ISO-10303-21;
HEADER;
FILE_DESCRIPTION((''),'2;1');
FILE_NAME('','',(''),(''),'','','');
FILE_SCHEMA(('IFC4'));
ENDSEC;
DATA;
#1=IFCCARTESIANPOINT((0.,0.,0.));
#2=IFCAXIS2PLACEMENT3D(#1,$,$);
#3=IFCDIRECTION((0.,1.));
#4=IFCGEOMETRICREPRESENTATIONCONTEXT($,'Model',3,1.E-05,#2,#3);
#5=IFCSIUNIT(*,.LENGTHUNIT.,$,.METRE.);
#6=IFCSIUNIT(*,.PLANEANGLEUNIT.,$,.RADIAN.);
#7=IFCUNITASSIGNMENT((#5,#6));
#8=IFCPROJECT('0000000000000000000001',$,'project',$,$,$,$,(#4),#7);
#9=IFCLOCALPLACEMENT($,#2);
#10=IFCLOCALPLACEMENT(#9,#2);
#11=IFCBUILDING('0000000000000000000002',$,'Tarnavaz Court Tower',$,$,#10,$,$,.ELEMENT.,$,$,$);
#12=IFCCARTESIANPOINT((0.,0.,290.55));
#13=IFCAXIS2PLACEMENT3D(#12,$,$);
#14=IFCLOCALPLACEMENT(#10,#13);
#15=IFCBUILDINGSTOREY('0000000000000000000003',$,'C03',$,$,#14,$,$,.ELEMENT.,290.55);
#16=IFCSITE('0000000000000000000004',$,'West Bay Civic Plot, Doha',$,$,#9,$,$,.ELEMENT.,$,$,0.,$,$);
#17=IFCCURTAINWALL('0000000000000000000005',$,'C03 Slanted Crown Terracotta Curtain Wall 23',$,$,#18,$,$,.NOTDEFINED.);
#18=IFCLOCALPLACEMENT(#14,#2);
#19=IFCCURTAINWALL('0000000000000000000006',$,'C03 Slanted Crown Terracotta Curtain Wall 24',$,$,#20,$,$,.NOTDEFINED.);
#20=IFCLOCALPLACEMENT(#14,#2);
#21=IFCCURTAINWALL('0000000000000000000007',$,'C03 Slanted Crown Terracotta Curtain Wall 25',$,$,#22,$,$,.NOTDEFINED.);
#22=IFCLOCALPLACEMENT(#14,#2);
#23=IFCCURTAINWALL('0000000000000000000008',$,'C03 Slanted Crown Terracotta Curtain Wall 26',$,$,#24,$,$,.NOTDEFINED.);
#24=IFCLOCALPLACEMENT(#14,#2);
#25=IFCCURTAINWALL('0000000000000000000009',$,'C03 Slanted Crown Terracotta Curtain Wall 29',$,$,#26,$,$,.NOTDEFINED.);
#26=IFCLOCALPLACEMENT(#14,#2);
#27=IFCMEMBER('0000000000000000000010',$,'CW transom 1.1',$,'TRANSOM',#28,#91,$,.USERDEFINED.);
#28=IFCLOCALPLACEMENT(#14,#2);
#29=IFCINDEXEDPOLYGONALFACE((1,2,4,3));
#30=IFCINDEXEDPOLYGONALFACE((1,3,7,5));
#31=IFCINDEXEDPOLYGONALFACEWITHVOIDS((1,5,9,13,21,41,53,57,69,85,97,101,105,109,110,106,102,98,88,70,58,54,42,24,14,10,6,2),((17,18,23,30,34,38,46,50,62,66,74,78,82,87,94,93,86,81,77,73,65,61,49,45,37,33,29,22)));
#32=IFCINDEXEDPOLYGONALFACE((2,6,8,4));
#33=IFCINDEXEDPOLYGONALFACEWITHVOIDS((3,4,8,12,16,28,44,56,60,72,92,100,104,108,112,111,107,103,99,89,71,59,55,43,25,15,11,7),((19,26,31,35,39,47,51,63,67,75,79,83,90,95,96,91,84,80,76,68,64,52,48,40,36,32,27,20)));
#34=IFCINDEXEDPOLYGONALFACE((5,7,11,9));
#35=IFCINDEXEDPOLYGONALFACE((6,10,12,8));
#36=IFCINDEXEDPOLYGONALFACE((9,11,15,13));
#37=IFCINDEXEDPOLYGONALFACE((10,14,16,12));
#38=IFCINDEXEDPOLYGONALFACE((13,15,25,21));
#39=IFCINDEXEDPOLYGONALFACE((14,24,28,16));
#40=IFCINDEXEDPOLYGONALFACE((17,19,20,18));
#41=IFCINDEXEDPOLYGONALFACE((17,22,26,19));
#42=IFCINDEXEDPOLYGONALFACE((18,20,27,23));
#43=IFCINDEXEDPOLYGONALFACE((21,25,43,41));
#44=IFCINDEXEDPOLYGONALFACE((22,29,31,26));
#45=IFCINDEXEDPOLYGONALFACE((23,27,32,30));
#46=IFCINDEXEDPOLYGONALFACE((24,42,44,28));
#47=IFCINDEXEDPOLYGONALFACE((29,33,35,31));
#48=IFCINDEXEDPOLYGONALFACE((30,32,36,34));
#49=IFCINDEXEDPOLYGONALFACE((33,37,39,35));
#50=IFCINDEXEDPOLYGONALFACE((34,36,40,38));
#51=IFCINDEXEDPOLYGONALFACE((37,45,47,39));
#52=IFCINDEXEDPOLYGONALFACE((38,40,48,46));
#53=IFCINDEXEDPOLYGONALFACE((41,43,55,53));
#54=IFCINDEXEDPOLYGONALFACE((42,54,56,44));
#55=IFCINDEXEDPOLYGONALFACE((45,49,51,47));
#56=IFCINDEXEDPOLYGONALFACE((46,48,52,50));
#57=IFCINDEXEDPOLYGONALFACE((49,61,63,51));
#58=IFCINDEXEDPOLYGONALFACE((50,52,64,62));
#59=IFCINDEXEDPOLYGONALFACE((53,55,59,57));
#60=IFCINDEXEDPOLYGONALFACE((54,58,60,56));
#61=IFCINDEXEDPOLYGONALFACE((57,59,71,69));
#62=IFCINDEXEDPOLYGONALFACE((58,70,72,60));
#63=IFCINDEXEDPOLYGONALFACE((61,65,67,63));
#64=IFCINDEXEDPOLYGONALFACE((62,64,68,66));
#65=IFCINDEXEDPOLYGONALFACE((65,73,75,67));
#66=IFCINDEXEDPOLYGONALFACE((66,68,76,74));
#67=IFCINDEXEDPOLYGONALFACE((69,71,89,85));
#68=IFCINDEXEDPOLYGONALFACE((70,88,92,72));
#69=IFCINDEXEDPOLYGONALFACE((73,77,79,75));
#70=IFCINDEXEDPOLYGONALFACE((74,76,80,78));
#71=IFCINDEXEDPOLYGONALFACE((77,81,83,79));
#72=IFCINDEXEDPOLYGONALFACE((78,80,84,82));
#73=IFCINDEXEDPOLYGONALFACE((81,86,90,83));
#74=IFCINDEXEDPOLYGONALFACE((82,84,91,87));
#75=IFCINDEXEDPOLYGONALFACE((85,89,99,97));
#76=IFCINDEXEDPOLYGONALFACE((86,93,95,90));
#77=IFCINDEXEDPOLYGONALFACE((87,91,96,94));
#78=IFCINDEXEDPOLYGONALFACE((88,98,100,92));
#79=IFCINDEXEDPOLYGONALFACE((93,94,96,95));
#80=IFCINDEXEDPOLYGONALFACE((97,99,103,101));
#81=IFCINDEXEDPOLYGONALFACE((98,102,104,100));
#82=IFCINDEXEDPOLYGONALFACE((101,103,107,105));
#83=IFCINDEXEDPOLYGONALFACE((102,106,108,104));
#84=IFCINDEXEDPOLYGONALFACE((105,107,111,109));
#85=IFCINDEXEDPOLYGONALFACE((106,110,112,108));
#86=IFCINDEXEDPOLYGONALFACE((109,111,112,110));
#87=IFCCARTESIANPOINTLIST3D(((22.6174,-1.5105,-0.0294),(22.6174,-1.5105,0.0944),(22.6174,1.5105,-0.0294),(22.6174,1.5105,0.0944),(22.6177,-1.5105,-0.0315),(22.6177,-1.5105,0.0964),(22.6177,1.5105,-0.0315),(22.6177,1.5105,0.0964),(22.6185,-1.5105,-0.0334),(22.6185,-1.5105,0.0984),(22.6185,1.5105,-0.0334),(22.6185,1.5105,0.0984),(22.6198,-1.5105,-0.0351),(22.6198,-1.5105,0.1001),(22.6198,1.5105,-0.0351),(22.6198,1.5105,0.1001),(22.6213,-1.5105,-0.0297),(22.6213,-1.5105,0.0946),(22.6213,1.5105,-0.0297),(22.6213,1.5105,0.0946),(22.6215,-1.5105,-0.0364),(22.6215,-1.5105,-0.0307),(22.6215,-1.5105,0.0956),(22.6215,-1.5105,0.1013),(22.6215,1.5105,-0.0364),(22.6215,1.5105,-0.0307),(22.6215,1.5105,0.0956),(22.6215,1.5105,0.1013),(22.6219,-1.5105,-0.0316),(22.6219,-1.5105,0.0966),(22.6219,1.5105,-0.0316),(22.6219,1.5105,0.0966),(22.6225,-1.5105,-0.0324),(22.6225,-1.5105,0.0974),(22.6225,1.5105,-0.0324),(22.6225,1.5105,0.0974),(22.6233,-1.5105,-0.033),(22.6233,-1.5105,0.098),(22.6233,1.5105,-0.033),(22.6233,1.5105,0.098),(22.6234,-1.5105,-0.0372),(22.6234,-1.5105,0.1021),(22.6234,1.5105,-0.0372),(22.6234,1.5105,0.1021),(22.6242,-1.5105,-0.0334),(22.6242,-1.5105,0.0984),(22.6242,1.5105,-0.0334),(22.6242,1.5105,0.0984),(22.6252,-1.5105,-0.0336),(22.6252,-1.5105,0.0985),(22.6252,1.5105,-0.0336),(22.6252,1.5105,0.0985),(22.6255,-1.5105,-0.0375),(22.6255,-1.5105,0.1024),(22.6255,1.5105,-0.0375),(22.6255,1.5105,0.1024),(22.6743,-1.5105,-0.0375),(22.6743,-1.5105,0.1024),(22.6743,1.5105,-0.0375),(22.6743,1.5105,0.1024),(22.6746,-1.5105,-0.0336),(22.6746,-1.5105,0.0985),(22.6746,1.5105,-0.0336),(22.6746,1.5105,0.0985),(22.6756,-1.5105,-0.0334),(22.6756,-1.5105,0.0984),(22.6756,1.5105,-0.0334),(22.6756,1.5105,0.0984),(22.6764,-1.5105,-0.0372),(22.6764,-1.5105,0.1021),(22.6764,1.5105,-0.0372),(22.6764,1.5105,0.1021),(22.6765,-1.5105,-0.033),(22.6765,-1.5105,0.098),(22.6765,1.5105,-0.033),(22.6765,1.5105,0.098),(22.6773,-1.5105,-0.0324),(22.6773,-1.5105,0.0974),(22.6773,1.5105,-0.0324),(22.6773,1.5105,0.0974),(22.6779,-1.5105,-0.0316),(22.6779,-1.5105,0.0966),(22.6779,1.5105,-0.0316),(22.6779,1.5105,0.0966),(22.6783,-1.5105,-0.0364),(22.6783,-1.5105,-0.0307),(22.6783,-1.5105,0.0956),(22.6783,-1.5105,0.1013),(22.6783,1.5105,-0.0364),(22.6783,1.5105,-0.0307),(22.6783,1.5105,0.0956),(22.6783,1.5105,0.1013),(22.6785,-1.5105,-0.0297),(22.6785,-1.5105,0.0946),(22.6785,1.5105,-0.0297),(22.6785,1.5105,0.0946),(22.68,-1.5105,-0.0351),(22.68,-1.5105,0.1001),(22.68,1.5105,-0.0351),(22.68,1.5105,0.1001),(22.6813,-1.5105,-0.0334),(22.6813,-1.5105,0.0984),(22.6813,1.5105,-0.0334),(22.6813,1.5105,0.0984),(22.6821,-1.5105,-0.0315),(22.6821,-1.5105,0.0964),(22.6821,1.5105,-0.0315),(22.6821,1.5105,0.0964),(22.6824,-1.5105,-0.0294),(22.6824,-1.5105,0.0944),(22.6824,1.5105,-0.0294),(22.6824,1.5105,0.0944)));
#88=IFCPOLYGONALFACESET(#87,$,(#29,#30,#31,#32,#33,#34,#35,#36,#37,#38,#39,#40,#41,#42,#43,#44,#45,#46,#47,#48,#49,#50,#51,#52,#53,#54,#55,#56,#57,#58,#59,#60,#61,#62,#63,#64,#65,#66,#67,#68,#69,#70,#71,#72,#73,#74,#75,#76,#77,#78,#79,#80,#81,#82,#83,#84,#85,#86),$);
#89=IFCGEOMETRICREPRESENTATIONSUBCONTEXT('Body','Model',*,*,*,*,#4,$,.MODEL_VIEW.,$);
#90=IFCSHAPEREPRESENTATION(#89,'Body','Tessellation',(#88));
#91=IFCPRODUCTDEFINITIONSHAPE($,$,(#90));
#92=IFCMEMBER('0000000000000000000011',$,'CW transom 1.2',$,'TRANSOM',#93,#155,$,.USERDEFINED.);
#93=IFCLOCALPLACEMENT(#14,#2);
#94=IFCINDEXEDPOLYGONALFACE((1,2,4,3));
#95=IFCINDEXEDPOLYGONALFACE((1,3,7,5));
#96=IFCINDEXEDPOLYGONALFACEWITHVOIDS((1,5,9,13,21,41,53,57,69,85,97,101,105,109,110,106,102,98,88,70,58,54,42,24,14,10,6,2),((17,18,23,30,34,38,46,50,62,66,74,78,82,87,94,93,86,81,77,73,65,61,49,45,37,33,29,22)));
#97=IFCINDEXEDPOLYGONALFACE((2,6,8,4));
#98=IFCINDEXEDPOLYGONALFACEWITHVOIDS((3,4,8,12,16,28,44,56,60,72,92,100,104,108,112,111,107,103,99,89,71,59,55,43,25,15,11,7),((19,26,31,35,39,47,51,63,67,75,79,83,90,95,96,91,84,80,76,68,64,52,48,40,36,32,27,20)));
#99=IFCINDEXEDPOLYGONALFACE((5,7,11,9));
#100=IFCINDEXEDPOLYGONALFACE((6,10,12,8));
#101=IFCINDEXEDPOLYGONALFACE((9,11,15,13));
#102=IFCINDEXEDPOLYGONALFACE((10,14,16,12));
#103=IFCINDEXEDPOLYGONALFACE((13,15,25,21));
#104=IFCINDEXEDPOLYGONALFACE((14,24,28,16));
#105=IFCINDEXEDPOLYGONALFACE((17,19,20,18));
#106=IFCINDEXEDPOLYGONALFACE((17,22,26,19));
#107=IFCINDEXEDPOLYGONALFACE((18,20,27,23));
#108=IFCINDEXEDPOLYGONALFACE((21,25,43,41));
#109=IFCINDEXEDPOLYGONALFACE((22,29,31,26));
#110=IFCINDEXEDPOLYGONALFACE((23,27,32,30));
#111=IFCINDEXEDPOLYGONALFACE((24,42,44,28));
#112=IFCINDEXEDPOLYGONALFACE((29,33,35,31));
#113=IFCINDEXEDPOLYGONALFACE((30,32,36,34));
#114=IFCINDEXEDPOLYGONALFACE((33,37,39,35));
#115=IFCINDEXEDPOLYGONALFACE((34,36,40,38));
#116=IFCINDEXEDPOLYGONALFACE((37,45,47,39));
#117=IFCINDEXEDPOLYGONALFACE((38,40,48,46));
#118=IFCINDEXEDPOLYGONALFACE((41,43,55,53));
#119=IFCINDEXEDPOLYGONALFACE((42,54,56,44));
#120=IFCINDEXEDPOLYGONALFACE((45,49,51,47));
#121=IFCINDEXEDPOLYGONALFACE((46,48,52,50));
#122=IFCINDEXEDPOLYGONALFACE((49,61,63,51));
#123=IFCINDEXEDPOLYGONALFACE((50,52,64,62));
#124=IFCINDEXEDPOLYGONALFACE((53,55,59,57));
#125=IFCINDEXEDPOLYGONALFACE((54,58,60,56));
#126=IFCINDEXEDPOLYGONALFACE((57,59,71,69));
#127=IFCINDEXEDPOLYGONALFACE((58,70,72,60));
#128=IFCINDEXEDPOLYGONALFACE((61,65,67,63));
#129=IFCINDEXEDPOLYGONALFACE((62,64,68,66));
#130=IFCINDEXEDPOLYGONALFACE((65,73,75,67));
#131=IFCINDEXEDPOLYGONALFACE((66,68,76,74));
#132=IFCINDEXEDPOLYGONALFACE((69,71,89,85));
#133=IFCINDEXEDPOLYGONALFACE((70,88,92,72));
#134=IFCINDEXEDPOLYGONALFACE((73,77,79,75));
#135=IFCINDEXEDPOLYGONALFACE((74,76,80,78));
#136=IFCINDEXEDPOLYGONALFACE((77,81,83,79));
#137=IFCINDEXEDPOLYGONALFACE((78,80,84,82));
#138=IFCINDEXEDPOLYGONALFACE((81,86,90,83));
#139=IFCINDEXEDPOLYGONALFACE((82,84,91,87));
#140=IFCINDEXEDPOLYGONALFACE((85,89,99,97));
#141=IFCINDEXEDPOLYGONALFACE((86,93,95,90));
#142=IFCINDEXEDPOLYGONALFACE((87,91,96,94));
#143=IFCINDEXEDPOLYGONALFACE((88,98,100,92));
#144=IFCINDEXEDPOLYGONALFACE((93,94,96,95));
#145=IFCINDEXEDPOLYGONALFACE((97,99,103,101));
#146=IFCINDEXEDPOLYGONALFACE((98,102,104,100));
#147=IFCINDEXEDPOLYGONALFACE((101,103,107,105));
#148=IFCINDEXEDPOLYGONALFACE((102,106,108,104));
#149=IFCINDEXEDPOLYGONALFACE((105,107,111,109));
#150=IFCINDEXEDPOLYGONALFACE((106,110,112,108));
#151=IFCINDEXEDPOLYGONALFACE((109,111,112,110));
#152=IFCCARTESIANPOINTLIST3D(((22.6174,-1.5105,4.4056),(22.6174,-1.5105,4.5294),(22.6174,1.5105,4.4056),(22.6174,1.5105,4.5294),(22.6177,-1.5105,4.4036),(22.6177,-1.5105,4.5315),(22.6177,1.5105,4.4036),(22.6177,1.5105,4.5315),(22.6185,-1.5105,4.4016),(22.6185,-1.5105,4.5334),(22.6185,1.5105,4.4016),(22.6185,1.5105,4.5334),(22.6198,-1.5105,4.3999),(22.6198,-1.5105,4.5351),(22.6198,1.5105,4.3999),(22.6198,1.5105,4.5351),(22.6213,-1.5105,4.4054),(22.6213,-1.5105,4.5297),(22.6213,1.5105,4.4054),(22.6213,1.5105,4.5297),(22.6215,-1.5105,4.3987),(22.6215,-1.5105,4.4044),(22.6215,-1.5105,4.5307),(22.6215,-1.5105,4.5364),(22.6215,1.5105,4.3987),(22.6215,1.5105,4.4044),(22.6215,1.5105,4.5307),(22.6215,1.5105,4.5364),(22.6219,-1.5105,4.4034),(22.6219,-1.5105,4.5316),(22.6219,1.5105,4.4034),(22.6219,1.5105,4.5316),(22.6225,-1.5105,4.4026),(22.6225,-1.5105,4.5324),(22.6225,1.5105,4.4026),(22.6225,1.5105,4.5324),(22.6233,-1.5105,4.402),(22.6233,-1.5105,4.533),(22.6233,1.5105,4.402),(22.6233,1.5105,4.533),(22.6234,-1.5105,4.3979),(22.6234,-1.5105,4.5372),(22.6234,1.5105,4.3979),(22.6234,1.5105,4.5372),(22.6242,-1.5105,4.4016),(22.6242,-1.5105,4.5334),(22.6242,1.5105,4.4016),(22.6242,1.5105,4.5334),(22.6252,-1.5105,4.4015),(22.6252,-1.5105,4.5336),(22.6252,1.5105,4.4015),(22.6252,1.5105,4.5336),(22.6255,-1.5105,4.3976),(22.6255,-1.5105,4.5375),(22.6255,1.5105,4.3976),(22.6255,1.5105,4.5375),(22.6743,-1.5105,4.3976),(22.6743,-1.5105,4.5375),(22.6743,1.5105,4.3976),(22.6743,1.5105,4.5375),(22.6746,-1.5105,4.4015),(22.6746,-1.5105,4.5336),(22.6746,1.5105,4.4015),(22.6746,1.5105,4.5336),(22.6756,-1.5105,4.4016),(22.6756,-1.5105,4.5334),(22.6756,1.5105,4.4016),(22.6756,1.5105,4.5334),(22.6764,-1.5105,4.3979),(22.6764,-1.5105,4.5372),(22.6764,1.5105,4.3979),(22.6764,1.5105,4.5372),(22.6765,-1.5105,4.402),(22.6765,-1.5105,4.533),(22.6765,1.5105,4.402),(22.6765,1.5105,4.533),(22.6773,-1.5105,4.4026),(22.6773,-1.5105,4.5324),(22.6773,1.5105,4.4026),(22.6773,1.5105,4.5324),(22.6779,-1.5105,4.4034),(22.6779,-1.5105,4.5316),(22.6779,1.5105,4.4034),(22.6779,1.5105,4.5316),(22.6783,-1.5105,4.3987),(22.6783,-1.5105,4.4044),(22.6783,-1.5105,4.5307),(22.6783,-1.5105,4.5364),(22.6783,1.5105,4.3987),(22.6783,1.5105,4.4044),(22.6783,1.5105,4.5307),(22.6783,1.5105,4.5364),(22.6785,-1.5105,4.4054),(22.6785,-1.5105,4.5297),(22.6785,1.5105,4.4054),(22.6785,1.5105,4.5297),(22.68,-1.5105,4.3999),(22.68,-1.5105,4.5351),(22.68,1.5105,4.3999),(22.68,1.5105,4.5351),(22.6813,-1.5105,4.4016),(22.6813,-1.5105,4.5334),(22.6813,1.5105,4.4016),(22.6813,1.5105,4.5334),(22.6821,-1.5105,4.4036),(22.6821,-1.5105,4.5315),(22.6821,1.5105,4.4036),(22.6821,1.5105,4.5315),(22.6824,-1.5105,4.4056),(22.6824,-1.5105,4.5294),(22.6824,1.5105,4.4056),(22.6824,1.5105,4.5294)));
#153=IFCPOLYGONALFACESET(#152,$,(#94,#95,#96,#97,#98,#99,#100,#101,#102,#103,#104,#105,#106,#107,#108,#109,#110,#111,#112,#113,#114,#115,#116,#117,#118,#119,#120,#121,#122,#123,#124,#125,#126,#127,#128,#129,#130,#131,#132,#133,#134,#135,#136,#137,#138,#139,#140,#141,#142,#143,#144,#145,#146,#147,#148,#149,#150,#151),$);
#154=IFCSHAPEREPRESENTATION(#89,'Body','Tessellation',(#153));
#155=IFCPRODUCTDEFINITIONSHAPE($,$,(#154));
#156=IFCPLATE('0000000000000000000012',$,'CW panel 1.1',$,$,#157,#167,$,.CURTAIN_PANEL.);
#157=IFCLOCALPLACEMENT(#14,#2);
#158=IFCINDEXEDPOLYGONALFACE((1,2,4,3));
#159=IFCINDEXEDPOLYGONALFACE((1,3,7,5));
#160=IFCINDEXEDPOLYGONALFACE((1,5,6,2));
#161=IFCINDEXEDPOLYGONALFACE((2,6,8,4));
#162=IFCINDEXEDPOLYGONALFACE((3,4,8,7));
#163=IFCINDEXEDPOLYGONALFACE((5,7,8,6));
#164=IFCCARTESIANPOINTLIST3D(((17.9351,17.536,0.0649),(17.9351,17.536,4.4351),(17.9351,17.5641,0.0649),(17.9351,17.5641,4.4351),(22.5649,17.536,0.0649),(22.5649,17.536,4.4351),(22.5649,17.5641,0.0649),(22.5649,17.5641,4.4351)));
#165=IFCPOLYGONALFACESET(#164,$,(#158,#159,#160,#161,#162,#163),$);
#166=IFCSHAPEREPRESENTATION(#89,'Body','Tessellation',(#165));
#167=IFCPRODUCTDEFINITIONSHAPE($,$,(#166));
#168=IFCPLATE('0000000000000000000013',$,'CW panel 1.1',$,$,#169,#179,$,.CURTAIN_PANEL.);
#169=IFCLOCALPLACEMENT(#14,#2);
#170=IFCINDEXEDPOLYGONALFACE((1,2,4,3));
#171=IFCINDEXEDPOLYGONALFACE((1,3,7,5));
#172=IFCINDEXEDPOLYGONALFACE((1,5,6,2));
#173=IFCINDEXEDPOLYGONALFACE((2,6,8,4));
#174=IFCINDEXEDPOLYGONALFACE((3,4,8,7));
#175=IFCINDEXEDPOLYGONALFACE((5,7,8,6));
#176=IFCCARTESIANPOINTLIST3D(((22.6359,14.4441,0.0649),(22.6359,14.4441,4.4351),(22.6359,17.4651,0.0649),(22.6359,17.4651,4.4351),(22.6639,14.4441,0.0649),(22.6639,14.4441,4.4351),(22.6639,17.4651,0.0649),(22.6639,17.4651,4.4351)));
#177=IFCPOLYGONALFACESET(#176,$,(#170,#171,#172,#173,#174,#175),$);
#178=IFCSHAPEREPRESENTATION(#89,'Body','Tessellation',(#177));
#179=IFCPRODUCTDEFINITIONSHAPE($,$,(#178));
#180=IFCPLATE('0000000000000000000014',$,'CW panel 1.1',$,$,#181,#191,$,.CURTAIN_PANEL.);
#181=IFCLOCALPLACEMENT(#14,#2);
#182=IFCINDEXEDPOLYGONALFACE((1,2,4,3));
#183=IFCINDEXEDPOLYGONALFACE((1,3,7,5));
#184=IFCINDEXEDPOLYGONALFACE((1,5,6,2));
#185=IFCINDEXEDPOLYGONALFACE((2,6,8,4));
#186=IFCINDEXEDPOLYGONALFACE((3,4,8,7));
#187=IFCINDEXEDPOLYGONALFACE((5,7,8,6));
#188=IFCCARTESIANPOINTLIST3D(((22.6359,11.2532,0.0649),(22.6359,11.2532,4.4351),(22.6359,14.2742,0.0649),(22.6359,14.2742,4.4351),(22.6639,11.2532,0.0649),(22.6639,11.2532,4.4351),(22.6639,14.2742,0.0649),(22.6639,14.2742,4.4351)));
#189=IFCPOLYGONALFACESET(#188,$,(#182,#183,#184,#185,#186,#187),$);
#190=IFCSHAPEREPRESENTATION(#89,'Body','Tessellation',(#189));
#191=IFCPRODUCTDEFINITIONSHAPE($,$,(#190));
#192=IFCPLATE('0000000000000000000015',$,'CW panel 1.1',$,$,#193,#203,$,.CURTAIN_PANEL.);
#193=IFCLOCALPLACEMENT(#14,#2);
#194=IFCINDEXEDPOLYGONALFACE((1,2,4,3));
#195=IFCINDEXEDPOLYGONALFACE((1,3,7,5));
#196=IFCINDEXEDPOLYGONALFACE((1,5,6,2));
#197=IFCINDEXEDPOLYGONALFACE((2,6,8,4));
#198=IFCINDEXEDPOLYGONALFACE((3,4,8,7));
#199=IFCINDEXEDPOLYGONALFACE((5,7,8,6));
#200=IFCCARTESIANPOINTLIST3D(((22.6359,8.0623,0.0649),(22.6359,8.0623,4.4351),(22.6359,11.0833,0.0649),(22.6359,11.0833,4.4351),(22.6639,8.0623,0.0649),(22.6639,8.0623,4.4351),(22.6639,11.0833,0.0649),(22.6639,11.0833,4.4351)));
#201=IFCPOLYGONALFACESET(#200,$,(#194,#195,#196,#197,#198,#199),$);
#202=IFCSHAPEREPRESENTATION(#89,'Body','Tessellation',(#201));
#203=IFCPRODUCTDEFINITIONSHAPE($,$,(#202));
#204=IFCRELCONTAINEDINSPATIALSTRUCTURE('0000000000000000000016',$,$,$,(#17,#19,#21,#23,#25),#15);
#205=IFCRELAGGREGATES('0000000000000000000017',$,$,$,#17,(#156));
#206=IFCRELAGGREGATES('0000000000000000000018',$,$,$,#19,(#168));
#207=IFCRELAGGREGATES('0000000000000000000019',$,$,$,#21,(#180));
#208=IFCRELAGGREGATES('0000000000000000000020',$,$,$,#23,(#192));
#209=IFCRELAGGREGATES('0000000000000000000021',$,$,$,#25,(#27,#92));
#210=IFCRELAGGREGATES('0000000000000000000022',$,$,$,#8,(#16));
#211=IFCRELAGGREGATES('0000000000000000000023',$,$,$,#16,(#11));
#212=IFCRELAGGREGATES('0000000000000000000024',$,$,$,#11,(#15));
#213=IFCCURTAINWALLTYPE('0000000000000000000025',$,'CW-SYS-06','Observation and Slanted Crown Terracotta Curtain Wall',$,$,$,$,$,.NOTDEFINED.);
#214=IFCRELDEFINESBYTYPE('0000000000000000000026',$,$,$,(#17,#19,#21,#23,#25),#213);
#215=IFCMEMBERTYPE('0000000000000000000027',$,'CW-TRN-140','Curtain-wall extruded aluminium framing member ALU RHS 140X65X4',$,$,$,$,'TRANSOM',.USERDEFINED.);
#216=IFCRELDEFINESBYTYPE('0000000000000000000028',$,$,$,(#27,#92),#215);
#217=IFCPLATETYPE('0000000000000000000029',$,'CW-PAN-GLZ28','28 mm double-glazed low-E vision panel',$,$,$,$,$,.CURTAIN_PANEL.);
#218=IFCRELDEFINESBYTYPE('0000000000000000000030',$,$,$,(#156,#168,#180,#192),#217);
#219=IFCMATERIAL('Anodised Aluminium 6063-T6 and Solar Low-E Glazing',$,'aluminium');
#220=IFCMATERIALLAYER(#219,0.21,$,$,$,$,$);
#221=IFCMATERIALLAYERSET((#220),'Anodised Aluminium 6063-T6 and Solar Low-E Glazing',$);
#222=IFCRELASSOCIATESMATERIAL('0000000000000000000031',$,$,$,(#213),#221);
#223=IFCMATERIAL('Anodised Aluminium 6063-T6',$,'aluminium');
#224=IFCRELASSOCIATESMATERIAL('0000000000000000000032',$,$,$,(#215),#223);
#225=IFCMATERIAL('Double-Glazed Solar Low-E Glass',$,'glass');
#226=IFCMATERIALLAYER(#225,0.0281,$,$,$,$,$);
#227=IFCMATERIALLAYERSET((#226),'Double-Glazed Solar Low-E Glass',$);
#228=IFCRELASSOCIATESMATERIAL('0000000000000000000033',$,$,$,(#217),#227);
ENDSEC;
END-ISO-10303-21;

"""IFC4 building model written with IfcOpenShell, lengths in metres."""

from ifc_helpers import new_model, si_unit, direction, frame, origin, origin_2d, place, context, subcontext, project, spatial, rectangle, hollow_rectangle, extrude, material, layer, layer_set, material_profile, profile_set, type_object, element, aggregate, save


model = new_model("IFC4")

# Units and contexts
model_context = context("Model", 3, precision=1e-05, world=origin(), true_north=direction((0.0, 1.0)))
body_context = subcontext(model_context, "Body", "Model", "MODEL_VIEW")
ifc_project = project(units=[si_unit("LENGTHUNIT", "METRE"), si_unit("PLANEANGLEUNIT", "RADIAN")], contexts=[model_context])

# Site, building, storey
site_placement = place(None, origin())
site = spatial("IfcSite", under=ifc_project, at=site_placement, Name="West Bay Civic Plot, Doha", CompositionType="ELEMENT", RefElevation=0.0)
building_placement = place(site_placement, origin())
building = spatial("IfcBuilding", under=site, at=building_placement, Name="Tarnavaz Court Tower", CompositionType="ELEMENT")
storey_placement = place(building_placement, frame((0.0, 0.0, 290.55)))
storey = spatial("IfcBuildingStorey", under=building, at=storey_placement, Name="C03", CompositionType="ELEMENT", Elevation=290.55)

# Curtain wall
ifc_material_1 = material(Name="Anodised Aluminium 6063-T6 and Solar Low-E Glazing", Category="aluminium")
ifc_layer_1 = layer(ifc_material_1, 0.21)
ifc_layer_set_1 = layer_set([ifc_layer_1], Name="Anodised Aluminium 6063-T6 and Solar Low-E Glazing")
curtain_wall_type = type_object("IfcCurtainWallType", Name="CW-SYS-06", Description="Observation and Slanted Crown Terracotta Curtain Wall", PredefinedType="NOTDEFINED", material=ifc_layer_set_1)
curtain_wall_1_placement = place(storey_placement, origin())
curtain_wall_1 = element("IfcCurtainWall", 1, at=curtain_wall_1_placement, inside=storey, type_object=curtain_wall_type, Name="C03 Slanted Crown Terracotta Curtain Wall 23", PredefinedType="NOTDEFINED")
ifc_material_2 = material(Name="Anodised Aluminium 6063-T6", Category="aluminium")

# Curtain walls
curtain_wall_2_placement = place(storey_placement, origin())
curtain_wall_2 = element("IfcCurtainWall", 2, at=curtain_wall_2_placement, inside=storey, type_object=curtain_wall_type, Name="C03 Slanted Crown Terracotta Curtain Wall 24", PredefinedType="NOTDEFINED")
curtain_wall_3_placement = place(storey_placement, origin())
curtain_wall_3 = element("IfcCurtainWall", 3, at=curtain_wall_3_placement, inside=storey, type_object=curtain_wall_type, Name="C03 Slanted Crown Terracotta Curtain Wall 25", PredefinedType="NOTDEFINED")
curtain_wall_4_placement = place(storey_placement, origin())
curtain_wall_4 = element("IfcCurtainWall", 4, at=curtain_wall_4_placement, inside=storey, type_object=curtain_wall_type, Name="C03 Slanted Crown Terracotta Curtain Wall 26", PredefinedType="NOTDEFINED")

# Curtain wall
curtain_wall_5_placement = place(storey_placement, origin())
curtain_wall_5 = element("IfcCurtainWall", 5, at=curtain_wall_5_placement, inside=storey, type_object=curtain_wall_type, Name="C03 Slanted Crown Terracotta Curtain Wall 29", PredefinedType="NOTDEFINED")

# Members
ifc_material_profile_1 = material_profile(ifc_material_2, hollow_rectangle(XDim=0.0649, YDim=0.1399, WallThickness=0.0039, InnerFilletRadius=0.0039, OuterFilletRadius=0.0081, at=origin_2d()), Name="ALU RHS 140X65X4")
ifc_profile_set_1 = profile_set([ifc_material_profile_1], Name="Anodised Aluminium 6063-T6")
member_type_1 = type_object("IfcMemberType", Name="CW-TRN-140", Description="Curtain-wall extruded aluminium framing member ALU RHS 140X65X4", ElementType="TRANSOM", PredefinedType="USERDEFINED", material=ifc_profile_set_1)
member_1_placement = place(storey_placement, frame((22.6499, 1.5105, 0.0325), z_axis=(0.0, -1.0, 0.0), x_axis=(1.0, 0.0, 0.0)))
member_1 = element("IfcMember", 6, at=member_1_placement, type_object=member_type_1, Name="CW transom 1.1", ObjectType="TRANSOM", PredefinedType="USERDEFINED", context=body_context, shape_type="SweptSolid", body=[
    extrude(hollow_rectangle(XDim=0.0649, YDim=0.1399, WallThickness=0.0039, InnerFilletRadius=0.0039, OuterFilletRadius=0.0081, at=origin_2d()), origin(), (0.0, 0.0, 1.0), 3.021),
])
member_2_placement = place(storey_placement, frame((22.6499, 1.5105, 4.4675), z_axis=(0.0, -1.0, 0.0), x_axis=(1.0, 0.0, 0.0)))
member_2 = element("IfcMember", 7, at=member_2_placement, type_object=member_type_1, Name="CW transom 1.2", ObjectType="TRANSOM", PredefinedType="USERDEFINED", context=body_context, shape_type="SweptSolid", body=[
    extrude(hollow_rectangle(XDim=0.0649, YDim=0.1399, WallThickness=0.0039, InnerFilletRadius=0.0039, OuterFilletRadius=0.0081, at=origin_2d()), origin(), (0.0, 0.0, 1.0), 3.021),
])

# Plates
ifc_material_3 = material(Name="Double-Glazed Solar Low-E Glass", Category="glass")
ifc_layer_2 = layer(ifc_material_3, 0.0281)
ifc_layer_set_2 = layer_set([ifc_layer_2], Name="Double-Glazed Solar Low-E Glass")
plate_type = type_object("IfcPlateType", Name="CW-PAN-GLZ28", Description="28 mm double-glazed low-E vision panel", PredefinedType="CURTAIN_PANEL", material=ifc_layer_set_2)
plate_1_placement = place(storey_placement, frame((20.25, 17.55, 0.0649), z_axis=(0.0, 0.0, 1.0), x_axis=(1.0, 0.0, 0.0)))
plate_1 = element("IfcPlate", 8, at=plate_1_placement, type_object=plate_type, Name="CW panel 1.1", PredefinedType="CURTAIN_PANEL", context=body_context, shape_type="SweptSolid", body=[
    extrude(rectangle(XDim=4.6299, YDim=0.0281, at=origin_2d()), origin(), (0.0, 0.0, 1.0), 4.3701),
])
aggregate(curtain_wall_1, [plate_1])
plate_2_placement = place(storey_placement, frame((22.6499, 15.9546, 0.0649), z_axis=(0.0, 0.0, 1.0), x_axis=(0.0, -1.0, 0.0)))
plate_2 = element("IfcPlate", 9, at=plate_2_placement, type_object=plate_type, Name="CW panel 1.1", PredefinedType="CURTAIN_PANEL", context=body_context, shape_type="SweptSolid", body=[
    extrude(rectangle(XDim=3.021, YDim=0.0281, at=origin_2d()), origin(), (0.0, 0.0, 1.0), 4.3701),
])
aggregate(curtain_wall_2, [plate_2])
plate_3_placement = place(storey_placement, frame((22.6499, 12.7637, 0.0649), z_axis=(0.0, 0.0, 1.0), x_axis=(0.0, -1.0, 0.0)))
plate_3 = element("IfcPlate", 10, at=plate_3_placement, type_object=plate_type, Name="CW panel 1.1", PredefinedType="CURTAIN_PANEL", context=body_context, shape_type="SweptSolid", body=[
    extrude(rectangle(XDim=3.021, YDim=0.0281, at=origin_2d()), origin(), (0.0, 0.0, 1.0), 4.3701),
])
aggregate(curtain_wall_3, [plate_3])
plate_4_placement = place(storey_placement, frame((22.6499, 9.5728, 0.0649), z_axis=(0.0, 0.0, 1.0), x_axis=(0.0, -1.0, 0.0)))
plate_4 = element("IfcPlate", 11, at=plate_4_placement, type_object=plate_type, Name="CW panel 1.1", PredefinedType="CURTAIN_PANEL", context=body_context, shape_type="SweptSolid", body=[
    extrude(rectangle(XDim=3.021, YDim=0.0281, at=origin_2d()), origin(), (0.0, 0.0, 1.0), 4.3701),
])
aggregate(curtain_wall_4, [plate_4])
aggregate(curtain_wall_5, [member_1, member_2])

save(model, "model.ifc")
